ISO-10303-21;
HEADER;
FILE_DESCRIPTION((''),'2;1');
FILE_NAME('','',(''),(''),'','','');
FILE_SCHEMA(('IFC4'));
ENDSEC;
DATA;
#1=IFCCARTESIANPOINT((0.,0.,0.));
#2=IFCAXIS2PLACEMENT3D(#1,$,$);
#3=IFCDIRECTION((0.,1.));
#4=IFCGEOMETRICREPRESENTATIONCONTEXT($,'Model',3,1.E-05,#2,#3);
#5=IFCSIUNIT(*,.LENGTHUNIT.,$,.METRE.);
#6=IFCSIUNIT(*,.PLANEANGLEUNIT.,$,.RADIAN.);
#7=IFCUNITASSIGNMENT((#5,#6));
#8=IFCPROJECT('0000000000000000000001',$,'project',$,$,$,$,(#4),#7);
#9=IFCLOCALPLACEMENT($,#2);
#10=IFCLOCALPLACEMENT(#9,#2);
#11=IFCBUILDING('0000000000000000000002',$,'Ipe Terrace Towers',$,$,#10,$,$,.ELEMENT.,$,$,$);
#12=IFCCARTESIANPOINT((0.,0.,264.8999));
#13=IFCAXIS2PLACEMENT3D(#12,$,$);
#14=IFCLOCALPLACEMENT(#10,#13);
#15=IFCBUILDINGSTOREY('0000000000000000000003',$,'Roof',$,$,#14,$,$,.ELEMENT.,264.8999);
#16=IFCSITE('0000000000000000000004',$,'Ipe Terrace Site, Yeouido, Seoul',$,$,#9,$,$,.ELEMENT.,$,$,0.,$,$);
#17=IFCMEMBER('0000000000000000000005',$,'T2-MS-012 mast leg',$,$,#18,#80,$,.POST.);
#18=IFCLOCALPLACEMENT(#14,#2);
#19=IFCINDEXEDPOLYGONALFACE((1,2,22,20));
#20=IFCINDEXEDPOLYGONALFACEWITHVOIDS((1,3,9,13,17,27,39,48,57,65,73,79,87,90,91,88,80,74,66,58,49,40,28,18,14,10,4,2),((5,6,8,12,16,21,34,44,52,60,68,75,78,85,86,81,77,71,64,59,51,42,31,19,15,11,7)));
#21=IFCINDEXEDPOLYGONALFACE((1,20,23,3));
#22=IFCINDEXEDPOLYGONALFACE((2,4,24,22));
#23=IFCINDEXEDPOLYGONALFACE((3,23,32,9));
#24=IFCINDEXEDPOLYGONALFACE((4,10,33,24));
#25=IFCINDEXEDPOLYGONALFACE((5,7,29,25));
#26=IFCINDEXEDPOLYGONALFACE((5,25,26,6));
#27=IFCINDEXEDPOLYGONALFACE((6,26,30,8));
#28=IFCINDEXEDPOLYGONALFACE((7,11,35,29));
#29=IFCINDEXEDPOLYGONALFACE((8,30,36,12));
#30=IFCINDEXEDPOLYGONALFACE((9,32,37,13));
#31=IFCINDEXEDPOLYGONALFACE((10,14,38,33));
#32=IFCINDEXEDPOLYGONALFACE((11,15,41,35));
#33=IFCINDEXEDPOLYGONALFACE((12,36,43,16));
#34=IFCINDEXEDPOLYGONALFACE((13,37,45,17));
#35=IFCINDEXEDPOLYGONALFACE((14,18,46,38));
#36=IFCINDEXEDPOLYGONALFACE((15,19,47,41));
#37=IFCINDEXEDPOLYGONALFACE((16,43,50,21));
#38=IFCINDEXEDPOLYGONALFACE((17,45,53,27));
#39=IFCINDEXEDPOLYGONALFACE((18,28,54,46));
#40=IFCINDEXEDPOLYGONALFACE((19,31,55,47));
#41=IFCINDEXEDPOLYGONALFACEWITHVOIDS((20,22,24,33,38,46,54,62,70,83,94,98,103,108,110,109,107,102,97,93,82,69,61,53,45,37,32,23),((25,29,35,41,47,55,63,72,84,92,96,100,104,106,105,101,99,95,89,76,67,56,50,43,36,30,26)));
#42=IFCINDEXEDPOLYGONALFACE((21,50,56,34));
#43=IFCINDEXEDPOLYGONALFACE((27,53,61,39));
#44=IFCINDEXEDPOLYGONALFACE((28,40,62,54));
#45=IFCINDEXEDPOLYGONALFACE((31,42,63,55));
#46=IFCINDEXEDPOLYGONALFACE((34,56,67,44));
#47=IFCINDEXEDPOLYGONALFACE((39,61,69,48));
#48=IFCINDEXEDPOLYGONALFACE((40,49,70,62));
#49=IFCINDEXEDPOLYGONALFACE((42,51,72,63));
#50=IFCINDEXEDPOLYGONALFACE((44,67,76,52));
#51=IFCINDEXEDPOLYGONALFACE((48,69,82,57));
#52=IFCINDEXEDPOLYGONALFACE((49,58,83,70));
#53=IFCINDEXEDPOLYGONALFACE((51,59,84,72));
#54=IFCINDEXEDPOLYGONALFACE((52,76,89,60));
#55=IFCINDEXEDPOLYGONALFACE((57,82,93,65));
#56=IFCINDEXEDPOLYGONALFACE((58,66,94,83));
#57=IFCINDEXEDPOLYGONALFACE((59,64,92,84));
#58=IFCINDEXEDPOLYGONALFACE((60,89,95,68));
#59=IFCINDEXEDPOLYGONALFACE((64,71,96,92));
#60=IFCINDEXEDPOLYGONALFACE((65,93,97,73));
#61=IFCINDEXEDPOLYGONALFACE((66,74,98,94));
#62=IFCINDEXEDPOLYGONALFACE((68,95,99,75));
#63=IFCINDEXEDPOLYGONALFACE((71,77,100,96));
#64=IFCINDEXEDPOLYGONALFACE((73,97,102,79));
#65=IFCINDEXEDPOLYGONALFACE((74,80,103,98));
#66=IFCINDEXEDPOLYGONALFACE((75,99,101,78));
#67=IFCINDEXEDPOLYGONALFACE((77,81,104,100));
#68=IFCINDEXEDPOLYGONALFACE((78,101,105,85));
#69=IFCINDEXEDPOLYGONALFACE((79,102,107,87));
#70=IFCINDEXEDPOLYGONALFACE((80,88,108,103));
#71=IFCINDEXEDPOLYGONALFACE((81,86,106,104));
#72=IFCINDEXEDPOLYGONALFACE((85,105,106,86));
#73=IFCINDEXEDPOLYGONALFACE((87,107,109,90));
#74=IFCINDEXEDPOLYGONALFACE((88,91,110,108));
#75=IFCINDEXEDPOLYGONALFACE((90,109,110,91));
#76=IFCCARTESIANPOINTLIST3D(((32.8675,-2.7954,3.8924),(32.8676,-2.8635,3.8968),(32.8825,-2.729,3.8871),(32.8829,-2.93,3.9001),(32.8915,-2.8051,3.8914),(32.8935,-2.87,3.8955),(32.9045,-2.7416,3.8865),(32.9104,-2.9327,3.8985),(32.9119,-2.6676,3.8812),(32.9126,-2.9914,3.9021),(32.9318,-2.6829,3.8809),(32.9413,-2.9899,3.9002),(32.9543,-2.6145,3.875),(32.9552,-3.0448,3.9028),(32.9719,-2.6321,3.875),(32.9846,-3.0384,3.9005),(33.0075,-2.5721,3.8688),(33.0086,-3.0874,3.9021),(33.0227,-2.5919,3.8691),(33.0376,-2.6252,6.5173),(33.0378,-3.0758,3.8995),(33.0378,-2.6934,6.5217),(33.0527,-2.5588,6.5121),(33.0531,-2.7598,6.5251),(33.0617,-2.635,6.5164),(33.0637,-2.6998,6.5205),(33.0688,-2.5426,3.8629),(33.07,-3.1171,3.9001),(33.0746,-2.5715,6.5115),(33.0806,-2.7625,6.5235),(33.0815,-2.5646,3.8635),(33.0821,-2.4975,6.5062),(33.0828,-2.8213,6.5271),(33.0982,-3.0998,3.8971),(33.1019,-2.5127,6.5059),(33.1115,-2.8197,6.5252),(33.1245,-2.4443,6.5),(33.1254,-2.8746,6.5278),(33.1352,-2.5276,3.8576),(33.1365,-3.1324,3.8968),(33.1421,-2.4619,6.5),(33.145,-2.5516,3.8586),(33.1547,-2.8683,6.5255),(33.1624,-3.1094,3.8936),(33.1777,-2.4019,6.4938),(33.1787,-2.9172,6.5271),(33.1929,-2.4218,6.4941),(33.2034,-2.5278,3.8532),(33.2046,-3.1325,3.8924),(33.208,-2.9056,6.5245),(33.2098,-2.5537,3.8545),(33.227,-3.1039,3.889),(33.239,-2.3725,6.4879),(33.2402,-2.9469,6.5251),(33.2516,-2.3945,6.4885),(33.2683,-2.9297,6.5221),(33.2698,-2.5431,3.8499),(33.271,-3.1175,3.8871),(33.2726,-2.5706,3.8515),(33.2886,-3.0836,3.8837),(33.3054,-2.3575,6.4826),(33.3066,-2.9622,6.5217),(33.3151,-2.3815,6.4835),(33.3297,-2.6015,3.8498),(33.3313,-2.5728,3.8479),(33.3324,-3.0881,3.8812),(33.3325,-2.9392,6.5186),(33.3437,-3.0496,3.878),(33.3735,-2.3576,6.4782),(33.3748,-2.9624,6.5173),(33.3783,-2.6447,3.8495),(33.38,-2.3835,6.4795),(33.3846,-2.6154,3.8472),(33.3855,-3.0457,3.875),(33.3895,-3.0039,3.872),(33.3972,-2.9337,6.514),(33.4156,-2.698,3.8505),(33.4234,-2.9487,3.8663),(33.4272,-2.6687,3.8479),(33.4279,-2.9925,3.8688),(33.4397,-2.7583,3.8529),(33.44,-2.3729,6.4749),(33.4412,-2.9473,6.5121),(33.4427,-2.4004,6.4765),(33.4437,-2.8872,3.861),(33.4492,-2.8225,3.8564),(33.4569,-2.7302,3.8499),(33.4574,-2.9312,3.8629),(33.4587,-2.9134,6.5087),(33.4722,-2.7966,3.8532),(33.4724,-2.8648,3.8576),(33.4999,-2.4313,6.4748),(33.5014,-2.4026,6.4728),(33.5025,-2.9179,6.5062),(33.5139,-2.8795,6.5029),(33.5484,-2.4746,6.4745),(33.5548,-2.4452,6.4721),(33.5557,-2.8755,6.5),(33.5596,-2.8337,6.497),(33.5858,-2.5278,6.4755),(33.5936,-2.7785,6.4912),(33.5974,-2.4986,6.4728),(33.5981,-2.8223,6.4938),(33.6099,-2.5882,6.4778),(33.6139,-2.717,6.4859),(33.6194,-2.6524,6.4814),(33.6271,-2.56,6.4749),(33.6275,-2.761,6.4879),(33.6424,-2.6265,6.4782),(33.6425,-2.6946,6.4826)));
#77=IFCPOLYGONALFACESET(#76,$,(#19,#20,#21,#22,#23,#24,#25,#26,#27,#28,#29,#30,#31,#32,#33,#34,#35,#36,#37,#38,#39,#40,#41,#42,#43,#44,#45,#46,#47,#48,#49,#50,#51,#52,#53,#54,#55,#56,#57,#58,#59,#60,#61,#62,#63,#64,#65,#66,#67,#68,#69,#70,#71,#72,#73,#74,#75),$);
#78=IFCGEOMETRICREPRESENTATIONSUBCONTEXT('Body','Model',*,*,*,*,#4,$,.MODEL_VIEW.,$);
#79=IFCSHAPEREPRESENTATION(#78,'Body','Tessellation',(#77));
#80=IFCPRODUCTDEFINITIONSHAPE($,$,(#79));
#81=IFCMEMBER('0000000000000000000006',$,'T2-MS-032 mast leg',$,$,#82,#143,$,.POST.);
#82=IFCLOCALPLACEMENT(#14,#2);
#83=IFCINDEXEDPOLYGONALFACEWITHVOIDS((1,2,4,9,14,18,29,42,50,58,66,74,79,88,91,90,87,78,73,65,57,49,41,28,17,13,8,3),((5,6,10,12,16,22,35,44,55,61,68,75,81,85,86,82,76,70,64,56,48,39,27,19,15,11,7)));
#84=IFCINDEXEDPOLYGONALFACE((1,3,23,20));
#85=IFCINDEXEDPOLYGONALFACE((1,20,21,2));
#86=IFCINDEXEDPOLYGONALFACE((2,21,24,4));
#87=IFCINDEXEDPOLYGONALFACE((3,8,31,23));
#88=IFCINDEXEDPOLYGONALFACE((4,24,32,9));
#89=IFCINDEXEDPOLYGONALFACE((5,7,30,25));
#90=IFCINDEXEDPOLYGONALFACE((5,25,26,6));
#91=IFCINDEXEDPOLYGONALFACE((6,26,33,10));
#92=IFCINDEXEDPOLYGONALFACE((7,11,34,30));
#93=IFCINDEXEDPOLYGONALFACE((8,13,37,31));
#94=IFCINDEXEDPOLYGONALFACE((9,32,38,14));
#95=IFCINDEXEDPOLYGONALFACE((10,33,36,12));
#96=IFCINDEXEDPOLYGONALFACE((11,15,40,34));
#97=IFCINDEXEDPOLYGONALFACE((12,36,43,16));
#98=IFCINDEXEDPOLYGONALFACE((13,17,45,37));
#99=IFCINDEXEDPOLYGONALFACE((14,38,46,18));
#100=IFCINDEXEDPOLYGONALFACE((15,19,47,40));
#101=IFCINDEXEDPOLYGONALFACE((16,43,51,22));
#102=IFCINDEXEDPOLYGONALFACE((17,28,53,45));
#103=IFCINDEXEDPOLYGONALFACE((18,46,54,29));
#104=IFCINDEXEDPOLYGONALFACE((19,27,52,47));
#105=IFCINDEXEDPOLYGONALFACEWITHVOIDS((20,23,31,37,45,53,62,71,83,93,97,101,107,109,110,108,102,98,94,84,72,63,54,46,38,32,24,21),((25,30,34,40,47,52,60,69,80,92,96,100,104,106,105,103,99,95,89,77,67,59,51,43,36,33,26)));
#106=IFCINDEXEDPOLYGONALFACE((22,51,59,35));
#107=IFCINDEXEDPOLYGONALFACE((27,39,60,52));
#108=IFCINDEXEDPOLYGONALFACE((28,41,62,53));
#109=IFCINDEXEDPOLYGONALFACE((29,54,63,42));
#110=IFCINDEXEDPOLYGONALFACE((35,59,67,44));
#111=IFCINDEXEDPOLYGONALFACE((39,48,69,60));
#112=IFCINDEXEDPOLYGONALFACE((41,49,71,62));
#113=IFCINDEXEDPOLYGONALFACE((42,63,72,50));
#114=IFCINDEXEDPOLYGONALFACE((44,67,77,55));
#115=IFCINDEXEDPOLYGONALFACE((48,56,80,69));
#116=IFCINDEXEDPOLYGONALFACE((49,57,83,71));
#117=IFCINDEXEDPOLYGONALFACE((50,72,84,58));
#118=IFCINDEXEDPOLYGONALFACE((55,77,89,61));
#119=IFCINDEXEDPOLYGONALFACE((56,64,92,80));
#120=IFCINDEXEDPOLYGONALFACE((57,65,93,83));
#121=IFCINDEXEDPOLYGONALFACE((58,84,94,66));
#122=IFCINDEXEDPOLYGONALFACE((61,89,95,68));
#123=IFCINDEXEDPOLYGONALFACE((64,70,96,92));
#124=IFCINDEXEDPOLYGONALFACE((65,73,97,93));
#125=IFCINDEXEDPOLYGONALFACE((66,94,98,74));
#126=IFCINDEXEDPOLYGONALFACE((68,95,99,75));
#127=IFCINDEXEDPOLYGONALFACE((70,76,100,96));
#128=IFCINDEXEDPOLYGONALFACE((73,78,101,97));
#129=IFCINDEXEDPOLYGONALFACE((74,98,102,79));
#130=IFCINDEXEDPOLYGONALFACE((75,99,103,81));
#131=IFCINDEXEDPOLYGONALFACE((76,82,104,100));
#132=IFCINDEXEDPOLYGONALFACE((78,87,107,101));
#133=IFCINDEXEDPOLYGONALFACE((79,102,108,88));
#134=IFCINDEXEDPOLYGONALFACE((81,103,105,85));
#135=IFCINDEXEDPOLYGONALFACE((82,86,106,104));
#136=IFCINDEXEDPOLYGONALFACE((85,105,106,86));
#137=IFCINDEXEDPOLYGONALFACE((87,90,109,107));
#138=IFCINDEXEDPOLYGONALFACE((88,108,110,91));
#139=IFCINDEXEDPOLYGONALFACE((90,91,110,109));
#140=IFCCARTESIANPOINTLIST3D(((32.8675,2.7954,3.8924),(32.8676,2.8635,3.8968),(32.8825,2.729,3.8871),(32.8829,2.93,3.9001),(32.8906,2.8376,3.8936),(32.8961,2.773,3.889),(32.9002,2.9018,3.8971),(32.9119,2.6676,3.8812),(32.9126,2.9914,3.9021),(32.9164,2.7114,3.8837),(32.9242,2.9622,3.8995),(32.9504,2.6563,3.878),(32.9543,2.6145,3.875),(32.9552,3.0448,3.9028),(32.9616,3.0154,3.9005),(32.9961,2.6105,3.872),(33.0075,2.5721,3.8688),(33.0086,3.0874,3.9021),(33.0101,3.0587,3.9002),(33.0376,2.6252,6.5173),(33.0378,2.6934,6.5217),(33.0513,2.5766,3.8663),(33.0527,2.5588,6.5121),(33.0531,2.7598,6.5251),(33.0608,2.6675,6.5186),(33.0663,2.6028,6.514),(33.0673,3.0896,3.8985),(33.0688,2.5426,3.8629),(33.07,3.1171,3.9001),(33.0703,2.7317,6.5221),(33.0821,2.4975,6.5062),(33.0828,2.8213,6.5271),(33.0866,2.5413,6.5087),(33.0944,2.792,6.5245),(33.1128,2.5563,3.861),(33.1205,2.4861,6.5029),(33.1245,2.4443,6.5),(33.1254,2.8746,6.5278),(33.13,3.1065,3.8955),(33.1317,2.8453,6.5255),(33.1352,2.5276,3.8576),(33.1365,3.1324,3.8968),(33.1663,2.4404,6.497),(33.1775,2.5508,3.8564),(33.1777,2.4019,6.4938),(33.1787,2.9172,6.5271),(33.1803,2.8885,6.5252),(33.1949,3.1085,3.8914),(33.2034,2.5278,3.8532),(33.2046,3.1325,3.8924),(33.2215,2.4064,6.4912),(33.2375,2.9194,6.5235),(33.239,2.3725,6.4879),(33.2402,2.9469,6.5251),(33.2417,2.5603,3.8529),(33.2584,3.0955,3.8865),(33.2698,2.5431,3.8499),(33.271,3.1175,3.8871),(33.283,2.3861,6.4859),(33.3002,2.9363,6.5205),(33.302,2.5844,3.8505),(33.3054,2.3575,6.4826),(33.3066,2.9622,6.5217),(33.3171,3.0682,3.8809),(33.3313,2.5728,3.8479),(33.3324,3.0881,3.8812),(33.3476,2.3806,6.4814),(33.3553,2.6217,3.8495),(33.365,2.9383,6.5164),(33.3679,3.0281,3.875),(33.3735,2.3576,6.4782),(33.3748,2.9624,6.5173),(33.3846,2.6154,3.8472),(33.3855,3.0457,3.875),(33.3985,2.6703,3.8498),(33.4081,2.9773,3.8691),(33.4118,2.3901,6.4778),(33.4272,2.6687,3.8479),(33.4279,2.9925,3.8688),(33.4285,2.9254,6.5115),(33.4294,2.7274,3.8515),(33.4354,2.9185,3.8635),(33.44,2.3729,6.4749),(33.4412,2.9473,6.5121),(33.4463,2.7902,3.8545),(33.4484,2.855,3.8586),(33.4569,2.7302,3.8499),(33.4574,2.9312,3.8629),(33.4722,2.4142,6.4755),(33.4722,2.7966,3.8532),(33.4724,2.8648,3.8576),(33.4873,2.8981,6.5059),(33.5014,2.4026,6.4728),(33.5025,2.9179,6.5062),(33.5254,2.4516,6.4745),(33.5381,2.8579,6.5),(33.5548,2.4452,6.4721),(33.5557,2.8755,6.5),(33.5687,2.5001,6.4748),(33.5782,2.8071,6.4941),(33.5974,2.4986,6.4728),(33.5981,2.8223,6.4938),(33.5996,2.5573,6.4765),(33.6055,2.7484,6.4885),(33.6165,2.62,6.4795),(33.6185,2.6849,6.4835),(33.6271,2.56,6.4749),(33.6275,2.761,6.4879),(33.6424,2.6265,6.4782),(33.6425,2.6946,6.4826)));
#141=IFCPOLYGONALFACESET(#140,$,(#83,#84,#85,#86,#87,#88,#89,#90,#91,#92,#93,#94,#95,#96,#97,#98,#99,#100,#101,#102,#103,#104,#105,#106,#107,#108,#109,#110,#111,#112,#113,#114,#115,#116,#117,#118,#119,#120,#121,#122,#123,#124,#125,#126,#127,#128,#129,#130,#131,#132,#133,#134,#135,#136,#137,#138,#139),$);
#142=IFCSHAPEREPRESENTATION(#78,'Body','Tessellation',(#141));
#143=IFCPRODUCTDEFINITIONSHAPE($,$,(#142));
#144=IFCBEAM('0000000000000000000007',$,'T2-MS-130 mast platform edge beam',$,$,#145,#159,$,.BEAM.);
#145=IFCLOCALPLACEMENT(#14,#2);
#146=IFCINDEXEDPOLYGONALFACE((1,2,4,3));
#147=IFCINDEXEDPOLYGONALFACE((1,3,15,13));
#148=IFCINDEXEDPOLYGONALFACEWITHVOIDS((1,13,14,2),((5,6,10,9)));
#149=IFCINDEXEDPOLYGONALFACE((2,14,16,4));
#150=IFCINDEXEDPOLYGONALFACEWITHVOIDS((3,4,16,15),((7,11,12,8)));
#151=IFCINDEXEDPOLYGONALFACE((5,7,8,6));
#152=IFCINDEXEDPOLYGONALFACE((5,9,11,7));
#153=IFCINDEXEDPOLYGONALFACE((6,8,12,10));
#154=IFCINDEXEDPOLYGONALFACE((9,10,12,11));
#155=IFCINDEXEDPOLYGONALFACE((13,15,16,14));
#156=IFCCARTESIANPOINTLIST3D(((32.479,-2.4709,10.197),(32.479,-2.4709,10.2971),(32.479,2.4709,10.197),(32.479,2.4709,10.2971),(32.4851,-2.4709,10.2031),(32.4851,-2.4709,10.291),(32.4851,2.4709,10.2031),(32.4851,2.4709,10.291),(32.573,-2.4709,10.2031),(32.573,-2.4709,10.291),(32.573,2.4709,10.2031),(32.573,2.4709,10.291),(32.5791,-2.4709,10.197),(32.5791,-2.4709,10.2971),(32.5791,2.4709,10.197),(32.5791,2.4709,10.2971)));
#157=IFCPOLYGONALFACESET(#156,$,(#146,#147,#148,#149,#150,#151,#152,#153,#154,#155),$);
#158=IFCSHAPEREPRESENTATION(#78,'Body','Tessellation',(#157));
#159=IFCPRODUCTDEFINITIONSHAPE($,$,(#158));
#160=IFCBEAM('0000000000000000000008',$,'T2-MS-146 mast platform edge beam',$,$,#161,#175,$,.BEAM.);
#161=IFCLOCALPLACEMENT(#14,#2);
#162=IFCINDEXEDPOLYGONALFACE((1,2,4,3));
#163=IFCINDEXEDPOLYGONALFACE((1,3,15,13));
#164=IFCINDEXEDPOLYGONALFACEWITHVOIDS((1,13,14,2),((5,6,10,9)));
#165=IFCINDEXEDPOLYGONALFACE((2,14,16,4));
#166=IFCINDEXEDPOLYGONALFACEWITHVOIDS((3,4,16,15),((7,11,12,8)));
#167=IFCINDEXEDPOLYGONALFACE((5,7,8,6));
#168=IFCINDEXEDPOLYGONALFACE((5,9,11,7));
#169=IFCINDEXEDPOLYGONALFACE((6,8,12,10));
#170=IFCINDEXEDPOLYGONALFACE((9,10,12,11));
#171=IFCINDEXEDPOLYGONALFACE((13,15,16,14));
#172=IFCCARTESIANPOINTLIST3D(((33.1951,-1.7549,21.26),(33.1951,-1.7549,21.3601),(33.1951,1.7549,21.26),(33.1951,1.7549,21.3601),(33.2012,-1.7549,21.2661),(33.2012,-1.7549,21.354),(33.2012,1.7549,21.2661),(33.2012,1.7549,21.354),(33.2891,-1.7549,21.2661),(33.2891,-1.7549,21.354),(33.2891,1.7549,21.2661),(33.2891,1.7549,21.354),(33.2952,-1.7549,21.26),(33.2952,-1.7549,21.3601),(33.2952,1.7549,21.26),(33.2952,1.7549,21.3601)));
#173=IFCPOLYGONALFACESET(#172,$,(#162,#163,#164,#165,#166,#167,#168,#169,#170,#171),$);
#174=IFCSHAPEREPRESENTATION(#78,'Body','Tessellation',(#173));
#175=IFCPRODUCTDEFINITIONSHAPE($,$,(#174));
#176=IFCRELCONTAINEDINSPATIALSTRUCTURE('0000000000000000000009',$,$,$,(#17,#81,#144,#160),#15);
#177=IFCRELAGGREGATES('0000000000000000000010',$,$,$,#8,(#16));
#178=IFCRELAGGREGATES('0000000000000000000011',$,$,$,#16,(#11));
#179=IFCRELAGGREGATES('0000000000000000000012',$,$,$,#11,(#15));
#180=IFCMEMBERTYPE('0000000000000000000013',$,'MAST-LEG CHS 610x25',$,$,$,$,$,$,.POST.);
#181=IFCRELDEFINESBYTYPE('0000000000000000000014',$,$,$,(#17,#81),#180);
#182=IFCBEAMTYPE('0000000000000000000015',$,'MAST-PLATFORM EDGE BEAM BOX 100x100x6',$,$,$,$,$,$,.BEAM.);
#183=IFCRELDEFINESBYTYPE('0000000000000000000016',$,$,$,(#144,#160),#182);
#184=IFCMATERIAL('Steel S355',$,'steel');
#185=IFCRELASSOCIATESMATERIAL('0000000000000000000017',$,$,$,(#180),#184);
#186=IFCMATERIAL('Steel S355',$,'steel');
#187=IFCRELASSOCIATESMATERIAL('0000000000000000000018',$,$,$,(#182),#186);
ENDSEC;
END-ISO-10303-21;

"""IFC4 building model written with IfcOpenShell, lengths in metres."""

from ifc_helpers import new_model, si_unit, direction, frame, origin, origin_2d, place, context, subcontext, project, spatial, hollow_rectangle, hollow_circle, extrude, material, material_profile, profile_set, type_object, element, save


model = new_model("IFC4")

# Units and contexts
model_context = context("Model", 3, precision=1e-05, world=origin(), true_north=direction((0.0, 1.0)))
body_context = subcontext(model_context, "Body", "Model", "MODEL_VIEW")
ifc_project = project(units=[si_unit("LENGTHUNIT", "METRE"), si_unit("PLANEANGLEUNIT", "RADIAN")], contexts=[model_context])

# Site, building, storey
site_placement = place(None, origin())
site = spatial("IfcSite", under=ifc_project, at=site_placement, Name="Ipe Terrace Site, Yeouido, Seoul", CompositionType="ELEMENT", RefElevation=0.0)
building_placement = place(site_placement, origin())
building = spatial("IfcBuilding", under=site, at=building_placement, Name="Ipe Terrace Towers", CompositionType="ELEMENT")
storey_placement = place(building_placement, frame((0.0, 0.0, 264.8999)))
storey = spatial("IfcBuildingStorey", under=building, at=storey_placement, Name="Roof", CompositionType="ELEMENT", Elevation=264.8999)

# Members
ifc_material_1 = material(Name="Steel S355", Category="steel")
ifc_material_profile_1 = material_profile(ifc_material_1, hollow_circle(Radius=0.3049, WallThickness=0.0249, at=origin_2d()), Name="MAST-LEG CHS 610x25")
ifc_profile_set_1 = profile_set([ifc_material_profile_1], Name="Steel S355")
member_type_1 = type_object("IfcMemberType", Name="MAST-LEG CHS 610x25", PredefinedType="POST", material=ifc_profile_set_1)
for number, where, z_axis, x_axis, name in (
    (1, (33.1699, -2.8301, 3.875), (0.064554, 0.064554, 0.995824), (-0.707107, 0.707107, 0.0), "T2-MS-012 mast leg"),
    (2, (33.1699, 2.8301, 3.875), (0.064554, -0.064554, 0.995824), (0.707107, 0.707107, 0.0), "T2-MS-032 mast leg"),
):
    element("IfcMember", number, at=place(storey_placement, frame(where, z_axis=z_axis, x_axis=x_axis)), inside=storey, type_object=member_type_1, Name=name, PredefinedType="POST", context=body_context, shape_type="SweptSolid", body=[
        extrude(hollow_circle(Radius=0.3049, WallThickness=0.0249, at=origin_2d()), origin(), (0.0, 0.0, 1.0), 2.636),
    ])

# Beams
ifc_material_2 = material(Name="Steel S355", Category="steel")
ifc_material_profile_2 = material_profile(ifc_material_2, hollow_rectangle(XDim=0.1001, YDim=0.1001, WallThickness=0.0061, at=origin_2d()), Name="MAST-PLATFORM EDGE BEAM BOX 100x100x6")
ifc_profile_set_2 = profile_set([ifc_material_profile_2], Name="Steel S355")
beam_type_1 = type_object("IfcBeamType", Name="MAST-PLATFORM EDGE BEAM BOX 100x100x6", PredefinedType="BEAM", material=ifc_profile_set_2)
beam_1_placement = place(storey_placement, frame((32.5291, -2.4709, 10.2471), z_axis=(0.0, 1.0, 0.0), x_axis=(-1.0, 0.0, 0.0)))
element("IfcBeam", 3, at=beam_1_placement, inside=storey, type_object=beam_type_1, Name="T2-MS-130 mast platform edge beam", PredefinedType="BEAM", context=body_context, shape_type="SweptSolid", body=[
    extrude(hollow_rectangle(XDim=0.1001, YDim=0.1001, WallThickness=0.0061, at=origin_2d()), origin(), (0.0, 0.0, 1.0), 4.9419),
])
beam_2_placement = place(storey_placement, frame((33.2451, -1.7549, 21.3101), z_axis=(0.0, 1.0, 0.0), x_axis=(-1.0, 0.0, 0.0)))
element("IfcBeam", 4, at=beam_2_placement, inside=storey, type_object=beam_type_1, Name="T2-MS-146 mast platform edge beam", PredefinedType="BEAM", context=body_context, shape_type="SweptSolid", body=[
    extrude(hollow_rectangle(XDim=0.1001, YDim=0.1001, WallThickness=0.0061, at=origin_2d()), origin(), (0.0, 0.0, 1.0), 3.5098),
])

save(model, "model.ifc")
